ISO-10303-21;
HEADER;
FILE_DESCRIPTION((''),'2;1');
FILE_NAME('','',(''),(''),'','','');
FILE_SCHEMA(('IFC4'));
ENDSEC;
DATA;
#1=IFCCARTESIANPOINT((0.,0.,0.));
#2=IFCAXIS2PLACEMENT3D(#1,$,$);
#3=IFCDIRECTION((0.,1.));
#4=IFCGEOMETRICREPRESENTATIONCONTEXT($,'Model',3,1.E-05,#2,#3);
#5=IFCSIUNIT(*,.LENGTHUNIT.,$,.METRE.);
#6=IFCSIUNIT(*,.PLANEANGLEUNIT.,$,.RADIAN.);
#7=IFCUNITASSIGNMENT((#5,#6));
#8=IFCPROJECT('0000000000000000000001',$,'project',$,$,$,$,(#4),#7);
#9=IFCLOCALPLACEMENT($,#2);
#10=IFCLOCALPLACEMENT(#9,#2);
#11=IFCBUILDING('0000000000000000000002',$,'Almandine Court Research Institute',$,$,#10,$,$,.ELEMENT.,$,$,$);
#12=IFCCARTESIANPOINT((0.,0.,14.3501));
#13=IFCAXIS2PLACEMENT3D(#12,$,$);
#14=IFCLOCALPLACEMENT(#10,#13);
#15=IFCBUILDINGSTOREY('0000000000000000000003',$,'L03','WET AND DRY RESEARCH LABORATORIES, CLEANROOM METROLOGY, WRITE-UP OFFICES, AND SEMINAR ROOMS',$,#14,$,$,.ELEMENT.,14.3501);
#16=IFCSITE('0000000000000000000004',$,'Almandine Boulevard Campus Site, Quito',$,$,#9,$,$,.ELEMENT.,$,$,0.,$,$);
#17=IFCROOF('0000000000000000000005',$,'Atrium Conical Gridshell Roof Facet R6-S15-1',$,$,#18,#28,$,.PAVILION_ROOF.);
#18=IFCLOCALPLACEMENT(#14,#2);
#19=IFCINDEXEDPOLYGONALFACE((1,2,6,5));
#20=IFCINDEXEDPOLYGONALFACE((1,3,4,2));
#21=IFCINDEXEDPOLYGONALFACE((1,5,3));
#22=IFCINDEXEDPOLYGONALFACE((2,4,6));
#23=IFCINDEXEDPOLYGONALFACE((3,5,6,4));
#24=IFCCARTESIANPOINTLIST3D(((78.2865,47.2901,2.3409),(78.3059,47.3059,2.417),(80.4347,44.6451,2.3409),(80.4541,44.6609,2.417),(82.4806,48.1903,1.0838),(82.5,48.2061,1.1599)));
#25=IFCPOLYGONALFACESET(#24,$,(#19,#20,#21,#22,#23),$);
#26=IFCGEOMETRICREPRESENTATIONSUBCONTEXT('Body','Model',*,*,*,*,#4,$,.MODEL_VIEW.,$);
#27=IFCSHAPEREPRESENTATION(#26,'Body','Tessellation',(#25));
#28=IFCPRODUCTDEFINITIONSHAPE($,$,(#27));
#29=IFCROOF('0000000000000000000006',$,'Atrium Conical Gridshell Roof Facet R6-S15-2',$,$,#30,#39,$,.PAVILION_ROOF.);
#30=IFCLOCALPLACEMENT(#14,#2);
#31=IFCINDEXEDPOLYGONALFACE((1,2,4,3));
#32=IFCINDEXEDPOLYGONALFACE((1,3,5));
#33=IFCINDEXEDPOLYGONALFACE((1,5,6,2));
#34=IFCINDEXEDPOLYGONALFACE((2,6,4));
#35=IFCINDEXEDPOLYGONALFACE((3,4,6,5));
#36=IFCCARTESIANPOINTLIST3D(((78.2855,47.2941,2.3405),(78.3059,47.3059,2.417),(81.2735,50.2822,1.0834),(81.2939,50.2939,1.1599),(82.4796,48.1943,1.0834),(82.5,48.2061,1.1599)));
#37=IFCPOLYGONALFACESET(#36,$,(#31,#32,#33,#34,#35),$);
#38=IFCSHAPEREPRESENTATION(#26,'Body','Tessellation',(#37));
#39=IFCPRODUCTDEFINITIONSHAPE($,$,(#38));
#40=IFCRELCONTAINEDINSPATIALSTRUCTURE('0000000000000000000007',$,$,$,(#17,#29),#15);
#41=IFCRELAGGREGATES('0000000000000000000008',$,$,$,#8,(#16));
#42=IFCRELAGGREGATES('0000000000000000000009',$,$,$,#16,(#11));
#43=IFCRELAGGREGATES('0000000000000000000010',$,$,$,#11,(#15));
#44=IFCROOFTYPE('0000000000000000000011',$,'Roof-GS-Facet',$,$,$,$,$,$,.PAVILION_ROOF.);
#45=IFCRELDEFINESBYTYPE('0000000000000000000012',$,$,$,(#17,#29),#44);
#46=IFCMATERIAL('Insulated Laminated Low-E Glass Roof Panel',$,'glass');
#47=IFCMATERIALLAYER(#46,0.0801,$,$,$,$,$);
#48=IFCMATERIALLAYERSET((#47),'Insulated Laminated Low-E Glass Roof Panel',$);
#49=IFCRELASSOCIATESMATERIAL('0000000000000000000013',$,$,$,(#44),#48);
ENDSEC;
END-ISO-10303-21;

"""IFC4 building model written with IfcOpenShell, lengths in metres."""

from ifc_helpers import new_model, si_unit, direction, frame, origin, place, context, subcontext, project, spatial, polyline, outline, extrude, material, layer, layer_set, type_object, element, save


model = new_model("IFC4")

# Units and contexts
model_context = context("Model", 3, precision=1e-05, world=origin(), true_north=direction((0.0, 1.0)))
body_context = subcontext(model_context, "Body", "Model", "MODEL_VIEW")
ifc_project = project(units=[si_unit("LENGTHUNIT", "METRE"), si_unit("PLANEANGLEUNIT", "RADIAN")], contexts=[model_context])

# Site, building, storey
site_placement = place(None, origin())
site = spatial("IfcSite", under=ifc_project, at=site_placement, Name="Almandine Boulevard Campus Site, Quito", CompositionType="ELEMENT", RefElevation=0.0)
building_placement = place(site_placement, origin())
building = spatial("IfcBuilding", under=site, at=building_placement, Name="Almandine Court Research Institute", CompositionType="ELEMENT")
storey_placement = place(building_placement, frame((0.0, 0.0, 14.3501)))
storey = spatial("IfcBuildingStorey", under=building, at=storey_placement, Name="L03", Description="WET AND DRY RESEARCH LABORATORIES, CLEANROOM METROLOGY, WRITE-UP OFFICES, AND SEMINAR ROOMS", CompositionType="ELEMENT", Elevation=14.3501)

# Roofs
ifc_material_1 = material(Name="Insulated Laminated Low-E Glass Roof Panel", Category="glass")
ifc_layer_1 = layer(ifc_material_1, 0.0801)
ifc_layer_set_1 = layer_set([ifc_layer_1], Name="Insulated Laminated Low-E Glass Roof Panel")
roof_type = type_object("IfcRoofType", Name="Roof-GS-Facet", PredefinedType="PAVILION_ROOF", material=ifc_layer_set_1)
roof_1_placement = place(storey_placement, frame((78.3059, 47.3059, 2.417), z_axis=(0.242465, 0.196922, 0.949964), x_axis=(0.630436, -0.776241, 0.0)))
element("IfcRoof", 1, at=roof_1_placement, inside=storey, type_object=roof_type, Name="Atrium Conical Gridshell Roof Facet R6-S15-1", PredefinedType="PAVILION_ROOF", context=body_context, shape_type="SweptSolid", body=[
    extrude(outline(polyline([(0.0, 0.0), (3.4075, 0.0), (1.9454, 4.0245), (0.0, 0.0)])), origin(), (0.0, 0.0, -1.0), 0.0801),
])
roof_2_placement = place(storey_placement, frame((78.3059, 47.3059, 2.417), z_axis=(0.254855, 0.147215, 0.955707), x_axis=(0.938275, 0.201375, -0.281226)))
element("IfcRoof", 2, at=roof_2_placement, inside=storey, type_object=roof_type, Name="Atrium Conical Gridshell Roof Facet R6-S15-2", PredefinedType="PAVILION_ROOF", context=body_context, shape_type="SweptSolid", body=[
    extrude(outline(polyline([(0.0, 0.0), (4.47, 0.0), (3.7588, 2.3039), (0.0, 0.0)])), origin(), (0.0, 0.0, -1.0), 0.0801),
])

save(model, "model.ifc")
